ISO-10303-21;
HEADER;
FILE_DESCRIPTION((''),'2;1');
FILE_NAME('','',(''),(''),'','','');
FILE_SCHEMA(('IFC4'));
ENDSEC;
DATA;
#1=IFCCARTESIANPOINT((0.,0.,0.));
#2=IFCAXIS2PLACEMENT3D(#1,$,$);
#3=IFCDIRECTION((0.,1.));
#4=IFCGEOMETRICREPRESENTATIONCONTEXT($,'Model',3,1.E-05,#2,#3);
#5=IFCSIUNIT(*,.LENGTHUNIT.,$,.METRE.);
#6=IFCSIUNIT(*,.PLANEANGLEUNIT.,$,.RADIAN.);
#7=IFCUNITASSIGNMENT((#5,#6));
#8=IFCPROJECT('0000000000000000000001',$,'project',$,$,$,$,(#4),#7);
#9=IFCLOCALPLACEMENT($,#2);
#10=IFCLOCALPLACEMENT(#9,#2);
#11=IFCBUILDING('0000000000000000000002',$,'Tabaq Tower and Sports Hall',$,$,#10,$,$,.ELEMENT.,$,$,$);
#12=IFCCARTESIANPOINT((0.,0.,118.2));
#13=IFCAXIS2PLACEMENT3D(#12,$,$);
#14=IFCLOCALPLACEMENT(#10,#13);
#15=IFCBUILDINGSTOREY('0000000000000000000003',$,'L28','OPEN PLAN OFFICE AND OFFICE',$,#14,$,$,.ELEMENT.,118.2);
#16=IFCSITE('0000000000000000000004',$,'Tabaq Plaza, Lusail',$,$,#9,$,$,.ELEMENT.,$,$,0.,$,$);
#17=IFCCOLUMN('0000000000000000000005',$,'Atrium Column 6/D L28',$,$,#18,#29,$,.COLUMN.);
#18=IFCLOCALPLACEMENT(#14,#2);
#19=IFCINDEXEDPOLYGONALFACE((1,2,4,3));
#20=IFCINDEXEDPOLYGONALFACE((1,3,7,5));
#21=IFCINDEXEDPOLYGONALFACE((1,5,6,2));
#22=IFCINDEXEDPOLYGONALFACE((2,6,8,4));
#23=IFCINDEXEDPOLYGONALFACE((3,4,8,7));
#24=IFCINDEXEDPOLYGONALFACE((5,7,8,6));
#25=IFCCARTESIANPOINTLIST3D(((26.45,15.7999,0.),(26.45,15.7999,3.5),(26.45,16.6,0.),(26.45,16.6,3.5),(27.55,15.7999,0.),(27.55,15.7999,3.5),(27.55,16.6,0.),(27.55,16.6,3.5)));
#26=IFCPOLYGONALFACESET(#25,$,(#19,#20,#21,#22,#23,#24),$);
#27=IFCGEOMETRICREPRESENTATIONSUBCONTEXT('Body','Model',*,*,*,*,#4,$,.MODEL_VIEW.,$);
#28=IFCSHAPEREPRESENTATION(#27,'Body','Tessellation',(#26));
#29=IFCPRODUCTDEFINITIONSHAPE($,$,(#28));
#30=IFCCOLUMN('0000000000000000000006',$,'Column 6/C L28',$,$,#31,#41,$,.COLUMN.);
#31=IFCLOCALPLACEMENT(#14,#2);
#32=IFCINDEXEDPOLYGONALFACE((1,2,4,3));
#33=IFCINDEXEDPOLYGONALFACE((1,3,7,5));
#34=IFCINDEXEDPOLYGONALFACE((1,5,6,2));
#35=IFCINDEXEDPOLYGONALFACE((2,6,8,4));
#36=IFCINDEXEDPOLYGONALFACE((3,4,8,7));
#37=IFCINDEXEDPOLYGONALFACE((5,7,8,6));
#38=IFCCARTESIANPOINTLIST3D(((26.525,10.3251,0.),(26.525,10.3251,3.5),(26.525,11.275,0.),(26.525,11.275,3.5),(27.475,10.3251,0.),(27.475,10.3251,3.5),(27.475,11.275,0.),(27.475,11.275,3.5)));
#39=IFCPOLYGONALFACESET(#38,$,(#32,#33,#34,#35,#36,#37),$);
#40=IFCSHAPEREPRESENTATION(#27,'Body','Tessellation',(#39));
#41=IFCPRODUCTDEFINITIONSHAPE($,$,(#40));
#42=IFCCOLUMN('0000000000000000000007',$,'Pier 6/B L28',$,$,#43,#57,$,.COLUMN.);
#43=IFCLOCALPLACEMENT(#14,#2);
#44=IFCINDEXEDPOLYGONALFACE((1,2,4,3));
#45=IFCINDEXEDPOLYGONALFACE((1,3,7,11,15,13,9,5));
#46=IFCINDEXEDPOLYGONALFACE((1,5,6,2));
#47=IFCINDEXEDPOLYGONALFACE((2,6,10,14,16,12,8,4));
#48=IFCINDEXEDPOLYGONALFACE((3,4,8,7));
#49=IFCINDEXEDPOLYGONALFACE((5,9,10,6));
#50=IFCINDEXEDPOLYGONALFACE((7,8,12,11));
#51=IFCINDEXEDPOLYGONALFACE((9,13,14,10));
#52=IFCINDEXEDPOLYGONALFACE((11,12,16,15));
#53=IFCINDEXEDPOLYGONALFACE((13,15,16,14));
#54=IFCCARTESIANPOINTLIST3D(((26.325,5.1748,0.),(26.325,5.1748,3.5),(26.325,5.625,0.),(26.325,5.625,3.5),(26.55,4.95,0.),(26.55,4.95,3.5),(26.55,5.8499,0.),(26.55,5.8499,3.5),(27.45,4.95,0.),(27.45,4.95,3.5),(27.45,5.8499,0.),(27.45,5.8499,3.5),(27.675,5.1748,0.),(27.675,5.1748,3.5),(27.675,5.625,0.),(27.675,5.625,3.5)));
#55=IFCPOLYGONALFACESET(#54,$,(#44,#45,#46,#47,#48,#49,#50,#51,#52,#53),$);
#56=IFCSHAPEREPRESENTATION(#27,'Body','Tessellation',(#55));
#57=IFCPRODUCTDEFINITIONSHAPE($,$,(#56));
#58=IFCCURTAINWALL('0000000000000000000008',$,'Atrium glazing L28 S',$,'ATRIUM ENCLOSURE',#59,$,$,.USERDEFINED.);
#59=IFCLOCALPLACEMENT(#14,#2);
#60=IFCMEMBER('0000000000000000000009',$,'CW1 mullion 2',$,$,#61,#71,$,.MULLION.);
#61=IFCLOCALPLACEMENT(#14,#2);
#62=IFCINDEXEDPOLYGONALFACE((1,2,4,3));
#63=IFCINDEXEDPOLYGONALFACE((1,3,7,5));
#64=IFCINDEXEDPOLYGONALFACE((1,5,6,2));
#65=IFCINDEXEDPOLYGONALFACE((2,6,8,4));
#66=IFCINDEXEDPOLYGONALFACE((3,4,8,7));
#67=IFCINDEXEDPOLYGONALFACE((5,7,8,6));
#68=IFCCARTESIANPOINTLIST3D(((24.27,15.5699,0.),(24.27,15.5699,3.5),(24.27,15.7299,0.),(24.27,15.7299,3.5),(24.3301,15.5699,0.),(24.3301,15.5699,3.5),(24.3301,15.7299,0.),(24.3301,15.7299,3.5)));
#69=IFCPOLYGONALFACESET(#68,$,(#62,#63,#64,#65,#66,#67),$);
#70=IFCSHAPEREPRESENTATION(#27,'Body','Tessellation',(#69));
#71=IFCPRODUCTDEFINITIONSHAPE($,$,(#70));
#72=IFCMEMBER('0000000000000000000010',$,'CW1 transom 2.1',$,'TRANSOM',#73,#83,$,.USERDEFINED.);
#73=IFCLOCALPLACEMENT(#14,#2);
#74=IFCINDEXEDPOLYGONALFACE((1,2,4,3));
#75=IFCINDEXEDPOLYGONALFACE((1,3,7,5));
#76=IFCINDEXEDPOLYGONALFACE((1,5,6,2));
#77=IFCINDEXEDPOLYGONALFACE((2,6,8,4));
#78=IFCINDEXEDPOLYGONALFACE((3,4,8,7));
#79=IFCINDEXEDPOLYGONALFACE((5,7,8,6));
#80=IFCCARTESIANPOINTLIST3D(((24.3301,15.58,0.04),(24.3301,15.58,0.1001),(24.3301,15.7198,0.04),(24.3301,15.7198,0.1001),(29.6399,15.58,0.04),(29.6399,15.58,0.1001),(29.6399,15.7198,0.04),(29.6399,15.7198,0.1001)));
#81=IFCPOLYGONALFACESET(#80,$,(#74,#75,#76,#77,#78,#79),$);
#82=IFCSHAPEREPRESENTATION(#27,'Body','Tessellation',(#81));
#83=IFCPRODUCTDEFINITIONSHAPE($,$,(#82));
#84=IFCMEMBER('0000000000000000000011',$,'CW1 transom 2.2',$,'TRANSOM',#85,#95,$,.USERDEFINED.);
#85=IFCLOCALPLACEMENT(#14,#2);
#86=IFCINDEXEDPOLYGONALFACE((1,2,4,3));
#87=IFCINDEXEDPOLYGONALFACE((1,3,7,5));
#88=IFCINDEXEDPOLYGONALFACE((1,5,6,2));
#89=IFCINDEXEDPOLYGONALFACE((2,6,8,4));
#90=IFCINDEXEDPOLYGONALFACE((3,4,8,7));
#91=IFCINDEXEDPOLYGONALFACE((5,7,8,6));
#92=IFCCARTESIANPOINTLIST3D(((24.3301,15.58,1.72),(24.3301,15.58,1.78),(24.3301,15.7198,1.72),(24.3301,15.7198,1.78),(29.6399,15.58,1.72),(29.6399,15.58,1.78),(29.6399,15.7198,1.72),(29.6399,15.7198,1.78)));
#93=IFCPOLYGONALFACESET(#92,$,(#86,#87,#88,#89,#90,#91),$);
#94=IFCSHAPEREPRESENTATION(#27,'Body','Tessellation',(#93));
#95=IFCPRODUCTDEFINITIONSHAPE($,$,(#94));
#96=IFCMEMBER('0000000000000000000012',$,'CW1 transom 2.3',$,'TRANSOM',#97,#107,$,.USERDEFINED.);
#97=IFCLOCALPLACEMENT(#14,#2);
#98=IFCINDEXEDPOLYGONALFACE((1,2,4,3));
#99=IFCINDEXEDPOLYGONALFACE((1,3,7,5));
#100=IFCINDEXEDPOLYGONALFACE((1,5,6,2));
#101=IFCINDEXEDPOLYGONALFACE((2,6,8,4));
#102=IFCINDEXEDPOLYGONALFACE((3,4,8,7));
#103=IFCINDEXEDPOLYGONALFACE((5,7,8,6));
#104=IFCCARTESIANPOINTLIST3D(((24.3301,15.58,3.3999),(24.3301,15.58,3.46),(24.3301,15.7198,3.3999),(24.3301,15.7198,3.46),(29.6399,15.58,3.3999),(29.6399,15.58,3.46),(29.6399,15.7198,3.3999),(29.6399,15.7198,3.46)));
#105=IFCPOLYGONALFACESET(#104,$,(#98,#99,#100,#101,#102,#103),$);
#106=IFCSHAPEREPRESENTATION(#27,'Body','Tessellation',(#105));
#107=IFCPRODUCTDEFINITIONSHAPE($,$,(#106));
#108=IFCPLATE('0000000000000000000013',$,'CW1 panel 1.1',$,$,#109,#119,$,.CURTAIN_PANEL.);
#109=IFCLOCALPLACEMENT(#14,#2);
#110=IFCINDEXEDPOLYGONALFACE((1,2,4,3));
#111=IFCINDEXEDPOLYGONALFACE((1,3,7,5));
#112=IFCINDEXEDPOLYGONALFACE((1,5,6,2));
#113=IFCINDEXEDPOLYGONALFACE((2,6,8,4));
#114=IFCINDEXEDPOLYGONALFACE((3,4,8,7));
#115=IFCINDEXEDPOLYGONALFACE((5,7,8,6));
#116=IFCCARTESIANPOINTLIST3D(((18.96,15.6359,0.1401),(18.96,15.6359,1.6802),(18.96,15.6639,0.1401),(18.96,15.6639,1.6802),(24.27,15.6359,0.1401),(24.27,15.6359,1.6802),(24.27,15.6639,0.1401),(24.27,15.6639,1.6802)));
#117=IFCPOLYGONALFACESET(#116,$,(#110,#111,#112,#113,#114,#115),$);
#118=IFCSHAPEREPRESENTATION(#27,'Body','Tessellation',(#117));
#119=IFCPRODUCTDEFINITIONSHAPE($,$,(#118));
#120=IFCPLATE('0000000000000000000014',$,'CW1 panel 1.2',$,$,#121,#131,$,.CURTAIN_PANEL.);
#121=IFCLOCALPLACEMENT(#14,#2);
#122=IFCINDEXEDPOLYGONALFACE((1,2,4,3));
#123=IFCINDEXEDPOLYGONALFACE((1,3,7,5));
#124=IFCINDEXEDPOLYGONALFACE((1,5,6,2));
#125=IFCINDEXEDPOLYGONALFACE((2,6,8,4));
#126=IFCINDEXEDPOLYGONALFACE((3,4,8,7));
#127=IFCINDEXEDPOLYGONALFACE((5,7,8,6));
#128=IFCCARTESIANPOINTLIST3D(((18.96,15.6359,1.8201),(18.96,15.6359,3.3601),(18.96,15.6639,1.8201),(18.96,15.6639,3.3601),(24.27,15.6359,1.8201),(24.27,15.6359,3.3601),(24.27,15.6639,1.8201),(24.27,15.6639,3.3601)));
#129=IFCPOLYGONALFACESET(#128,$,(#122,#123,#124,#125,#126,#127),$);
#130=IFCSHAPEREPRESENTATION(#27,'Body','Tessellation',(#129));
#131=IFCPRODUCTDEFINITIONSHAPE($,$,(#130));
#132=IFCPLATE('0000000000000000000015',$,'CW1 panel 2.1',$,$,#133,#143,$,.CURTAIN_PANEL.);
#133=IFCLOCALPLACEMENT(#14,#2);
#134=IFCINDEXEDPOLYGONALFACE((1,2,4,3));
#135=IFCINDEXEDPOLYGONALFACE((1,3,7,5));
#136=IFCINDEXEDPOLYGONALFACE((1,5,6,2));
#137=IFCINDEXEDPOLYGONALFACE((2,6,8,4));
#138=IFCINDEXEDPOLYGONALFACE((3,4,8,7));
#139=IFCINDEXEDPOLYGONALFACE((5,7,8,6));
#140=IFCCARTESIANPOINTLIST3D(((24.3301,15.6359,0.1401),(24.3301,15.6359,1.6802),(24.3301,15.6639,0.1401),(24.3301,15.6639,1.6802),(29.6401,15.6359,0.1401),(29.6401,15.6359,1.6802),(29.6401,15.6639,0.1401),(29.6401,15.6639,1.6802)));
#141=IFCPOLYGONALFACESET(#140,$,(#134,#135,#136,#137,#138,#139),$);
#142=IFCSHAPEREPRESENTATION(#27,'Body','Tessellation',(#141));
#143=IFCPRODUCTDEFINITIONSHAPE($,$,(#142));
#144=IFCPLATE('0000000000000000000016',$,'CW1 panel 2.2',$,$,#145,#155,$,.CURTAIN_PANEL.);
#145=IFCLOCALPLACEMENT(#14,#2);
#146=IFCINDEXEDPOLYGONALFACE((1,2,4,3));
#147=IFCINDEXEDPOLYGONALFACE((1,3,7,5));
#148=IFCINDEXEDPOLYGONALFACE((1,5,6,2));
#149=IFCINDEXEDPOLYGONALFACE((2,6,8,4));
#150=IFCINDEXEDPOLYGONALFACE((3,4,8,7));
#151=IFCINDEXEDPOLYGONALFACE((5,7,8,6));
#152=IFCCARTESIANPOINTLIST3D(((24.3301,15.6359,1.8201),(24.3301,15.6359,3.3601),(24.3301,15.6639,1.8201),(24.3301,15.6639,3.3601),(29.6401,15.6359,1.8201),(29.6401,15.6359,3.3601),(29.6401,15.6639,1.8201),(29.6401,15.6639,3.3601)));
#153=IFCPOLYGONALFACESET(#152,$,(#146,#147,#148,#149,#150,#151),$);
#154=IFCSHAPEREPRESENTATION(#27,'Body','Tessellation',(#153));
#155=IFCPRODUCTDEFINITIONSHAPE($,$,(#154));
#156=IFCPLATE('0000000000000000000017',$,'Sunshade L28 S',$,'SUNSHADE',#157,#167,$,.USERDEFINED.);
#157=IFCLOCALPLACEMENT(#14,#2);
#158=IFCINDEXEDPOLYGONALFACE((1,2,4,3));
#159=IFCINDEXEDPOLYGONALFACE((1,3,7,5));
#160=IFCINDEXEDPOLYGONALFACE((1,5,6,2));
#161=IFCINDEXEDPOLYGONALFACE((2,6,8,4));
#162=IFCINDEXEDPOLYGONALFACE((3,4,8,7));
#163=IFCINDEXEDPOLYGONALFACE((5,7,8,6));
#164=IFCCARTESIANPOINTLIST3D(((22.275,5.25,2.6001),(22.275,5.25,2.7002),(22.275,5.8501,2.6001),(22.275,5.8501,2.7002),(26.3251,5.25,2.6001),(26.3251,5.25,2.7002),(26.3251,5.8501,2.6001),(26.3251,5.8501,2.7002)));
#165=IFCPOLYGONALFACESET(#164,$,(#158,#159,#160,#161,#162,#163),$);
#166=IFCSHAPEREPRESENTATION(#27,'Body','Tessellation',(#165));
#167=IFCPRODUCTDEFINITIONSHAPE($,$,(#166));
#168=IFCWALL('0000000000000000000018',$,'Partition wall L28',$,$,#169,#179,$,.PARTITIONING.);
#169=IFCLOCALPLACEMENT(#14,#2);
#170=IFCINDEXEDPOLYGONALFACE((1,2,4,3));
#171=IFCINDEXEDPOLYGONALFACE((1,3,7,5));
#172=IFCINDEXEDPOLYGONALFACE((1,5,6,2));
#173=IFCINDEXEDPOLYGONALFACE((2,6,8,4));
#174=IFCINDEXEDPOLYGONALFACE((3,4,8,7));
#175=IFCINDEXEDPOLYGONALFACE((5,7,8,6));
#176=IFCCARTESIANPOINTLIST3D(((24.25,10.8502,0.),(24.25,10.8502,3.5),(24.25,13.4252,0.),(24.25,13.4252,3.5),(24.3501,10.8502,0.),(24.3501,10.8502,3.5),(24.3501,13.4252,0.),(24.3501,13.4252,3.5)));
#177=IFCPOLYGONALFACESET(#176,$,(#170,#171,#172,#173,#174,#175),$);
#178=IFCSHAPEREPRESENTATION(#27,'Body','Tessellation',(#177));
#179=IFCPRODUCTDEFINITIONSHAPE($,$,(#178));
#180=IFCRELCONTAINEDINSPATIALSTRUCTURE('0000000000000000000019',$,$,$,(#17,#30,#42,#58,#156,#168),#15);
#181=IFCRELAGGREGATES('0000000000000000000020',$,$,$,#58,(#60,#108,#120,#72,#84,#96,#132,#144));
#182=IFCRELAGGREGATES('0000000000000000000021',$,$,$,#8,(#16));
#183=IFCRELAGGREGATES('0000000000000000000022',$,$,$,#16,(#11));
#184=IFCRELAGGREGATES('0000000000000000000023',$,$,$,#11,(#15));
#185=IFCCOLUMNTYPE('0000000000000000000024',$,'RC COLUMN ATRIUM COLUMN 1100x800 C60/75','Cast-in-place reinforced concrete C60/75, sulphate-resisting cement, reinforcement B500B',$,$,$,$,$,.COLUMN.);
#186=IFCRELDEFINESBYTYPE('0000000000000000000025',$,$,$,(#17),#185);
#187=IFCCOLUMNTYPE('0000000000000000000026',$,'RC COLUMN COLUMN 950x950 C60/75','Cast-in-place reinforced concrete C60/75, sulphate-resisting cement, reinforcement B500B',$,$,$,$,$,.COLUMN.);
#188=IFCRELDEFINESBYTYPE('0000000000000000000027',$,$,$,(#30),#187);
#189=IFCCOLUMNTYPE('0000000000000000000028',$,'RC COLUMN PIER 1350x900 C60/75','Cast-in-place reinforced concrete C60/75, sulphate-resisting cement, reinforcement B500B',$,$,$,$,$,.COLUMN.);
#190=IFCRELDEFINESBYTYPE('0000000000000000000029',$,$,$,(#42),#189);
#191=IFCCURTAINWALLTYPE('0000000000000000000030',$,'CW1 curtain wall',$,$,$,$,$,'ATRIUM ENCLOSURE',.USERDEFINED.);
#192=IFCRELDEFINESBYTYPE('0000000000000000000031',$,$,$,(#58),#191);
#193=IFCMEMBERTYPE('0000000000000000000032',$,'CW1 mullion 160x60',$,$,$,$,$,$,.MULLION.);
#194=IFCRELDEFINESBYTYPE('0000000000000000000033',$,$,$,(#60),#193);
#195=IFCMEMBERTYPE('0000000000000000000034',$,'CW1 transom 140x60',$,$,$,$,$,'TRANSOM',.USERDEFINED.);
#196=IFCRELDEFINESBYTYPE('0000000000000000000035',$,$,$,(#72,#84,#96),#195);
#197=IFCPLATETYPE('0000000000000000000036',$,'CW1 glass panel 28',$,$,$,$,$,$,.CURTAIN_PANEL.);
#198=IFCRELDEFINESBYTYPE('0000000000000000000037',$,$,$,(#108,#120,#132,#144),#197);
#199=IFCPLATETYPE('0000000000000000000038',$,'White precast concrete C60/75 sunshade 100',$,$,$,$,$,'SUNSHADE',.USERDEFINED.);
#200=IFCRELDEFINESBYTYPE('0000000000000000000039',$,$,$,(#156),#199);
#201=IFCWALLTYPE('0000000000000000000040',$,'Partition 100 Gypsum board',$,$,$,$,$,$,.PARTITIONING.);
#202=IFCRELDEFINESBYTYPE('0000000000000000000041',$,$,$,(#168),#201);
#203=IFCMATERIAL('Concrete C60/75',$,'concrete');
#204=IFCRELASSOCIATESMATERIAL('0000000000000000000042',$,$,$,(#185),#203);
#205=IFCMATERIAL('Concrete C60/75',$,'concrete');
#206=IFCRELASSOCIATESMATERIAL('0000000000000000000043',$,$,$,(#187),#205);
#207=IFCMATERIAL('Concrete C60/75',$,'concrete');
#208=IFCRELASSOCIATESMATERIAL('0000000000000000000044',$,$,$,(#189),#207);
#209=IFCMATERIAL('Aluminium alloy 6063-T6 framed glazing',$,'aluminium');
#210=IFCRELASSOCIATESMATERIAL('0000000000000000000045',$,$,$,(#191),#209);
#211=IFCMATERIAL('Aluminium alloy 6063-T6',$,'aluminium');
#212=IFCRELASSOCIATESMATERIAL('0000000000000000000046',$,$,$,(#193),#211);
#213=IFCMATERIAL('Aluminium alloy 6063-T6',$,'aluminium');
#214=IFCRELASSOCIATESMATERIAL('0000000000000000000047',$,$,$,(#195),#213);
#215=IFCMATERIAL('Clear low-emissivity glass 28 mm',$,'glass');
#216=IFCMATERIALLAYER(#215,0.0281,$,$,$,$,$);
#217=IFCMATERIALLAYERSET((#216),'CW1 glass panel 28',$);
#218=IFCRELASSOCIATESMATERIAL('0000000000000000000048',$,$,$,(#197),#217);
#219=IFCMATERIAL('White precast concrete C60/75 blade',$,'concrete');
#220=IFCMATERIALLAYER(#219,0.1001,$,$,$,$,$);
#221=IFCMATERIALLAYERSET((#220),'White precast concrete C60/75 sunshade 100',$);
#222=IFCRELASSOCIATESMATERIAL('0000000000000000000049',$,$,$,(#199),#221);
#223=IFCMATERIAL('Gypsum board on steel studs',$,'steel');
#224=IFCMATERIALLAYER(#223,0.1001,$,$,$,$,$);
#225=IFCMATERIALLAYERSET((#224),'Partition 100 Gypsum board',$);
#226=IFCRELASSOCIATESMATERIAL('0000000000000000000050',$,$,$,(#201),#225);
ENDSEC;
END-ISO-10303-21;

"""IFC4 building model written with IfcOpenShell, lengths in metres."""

from ifc_helpers import new_model, si_unit, direction, frame, frame_2d, origin, origin_2d, place, context, subcontext, project, spatial, polyline, rectangle, outline, extrude, material, layer, layer_set, material_profile, profile_set, type_object, element, aggregate, save


model = new_model("IFC4")

# Units and contexts
model_context = context("Model", 3, precision=1e-05, world=origin(), true_north=direction((0.0, 1.0)))
body_context = subcontext(model_context, "Body", "Model", "MODEL_VIEW")
ifc_project = project(units=[si_unit("LENGTHUNIT", "METRE"), si_unit("PLANEANGLEUNIT", "RADIAN")], contexts=[model_context])

# Site, building, storey
site_placement = place(None, origin())
site = spatial("IfcSite", under=ifc_project, at=site_placement, Name="Tabaq Plaza, Lusail", CompositionType="ELEMENT", RefElevation=0.0)
building_placement = place(site_placement, origin())
building = spatial("IfcBuilding", under=site, at=building_placement, Name="Tabaq Tower and Sports Hall", CompositionType="ELEMENT")
storey_placement = place(building_placement, frame((0.0, 0.0, 118.2)))
storey = spatial("IfcBuildingStorey", under=building, at=storey_placement, Name="L28", Description="OPEN PLAN OFFICE AND OFFICE", CompositionType="ELEMENT", Elevation=118.2)

# Columns
ifc_material_1 = material(Name="Concrete C60/75", Category="concrete")
ifc_material_profile_1 = material_profile(ifc_material_1, rectangle(XDim=1.1001, YDim=0.8, at=origin_2d()), Name="ATRIUM COLUMN 1100x800")
ifc_profile_set_1 = profile_set([ifc_material_profile_1], Name="Concrete C60/75")
column_type_1 = type_object("IfcColumnType", Name="RC COLUMN ATRIUM COLUMN 1100x800 C60/75", Description="Cast-in-place reinforced concrete C60/75, sulphate-resisting cement, reinforcement B500B", PredefinedType="COLUMN", material=ifc_profile_set_1)
column_1_placement = place(storey_placement, frame((27.0, 16.2, 0.0), z_axis=(0.0, 0.0, 1.0), x_axis=(1.0, 0.0, 0.0)))
element("IfcColumn", 1, at=column_1_placement, inside=storey, type_object=column_type_1, Name="Atrium Column 6/D L28", PredefinedType="COLUMN", context=body_context, shape_type="SweptSolid", body=[
    extrude(rectangle(XDim=1.1001, YDim=0.8, at=origin_2d()), origin(), (0.0, 0.0, 1.0), 3.5),
])
ifc_material_2 = material(Name="Concrete C60/75", Category="concrete")
ifc_material_profile_2 = material_profile(ifc_material_2, rectangle(XDim=0.95, YDim=0.95, at=origin_2d()), Name="COLUMN 950x950")
ifc_profile_set_2 = profile_set([ifc_material_profile_2], Name="Concrete C60/75")
column_type_2 = type_object("IfcColumnType", Name="RC COLUMN COLUMN 950x950 C60/75", Description="Cast-in-place reinforced concrete C60/75, sulphate-resisting cement, reinforcement B500B", PredefinedType="COLUMN", material=ifc_profile_set_2)
column_2_placement = place(storey_placement, frame((27.0, 10.8, 0.0), z_axis=(0.0, 0.0, 1.0), x_axis=(1.0, 0.0, 0.0)))
element("IfcColumn", 2, at=column_2_placement, inside=storey, type_object=column_type_2, Name="Column 6/C L28", PredefinedType="COLUMN", context=body_context, shape_type="SweptSolid", body=[
    extrude(rectangle(XDim=0.95, YDim=0.95, at=origin_2d()), origin(), (0.0, 0.0, 1.0), 3.5),
])
ifc_material_3 = material(Name="Concrete C60/75", Category="concrete")
ifc_material_profile_3 = material_profile(ifc_material_3, outline(polyline([(-0.45, -0.45), (0.45, -0.45), (0.675, -0.2251), (0.675, 0.2251), (0.45, 0.45), (-0.45, 0.45), (-0.675, 0.2251), (-0.675, -0.2251), (-0.45, -0.45)])), Name="PIER 1350x900")
ifc_profile_set_3 = profile_set([ifc_material_profile_3], Name="Concrete C60/75")
column_type_3 = type_object("IfcColumnType", Name="RC COLUMN PIER 1350x900 C60/75", Description="Cast-in-place reinforced concrete C60/75, sulphate-resisting cement, reinforcement B500B", PredefinedType="COLUMN", material=ifc_profile_set_3)
column_3_placement = place(storey_placement, frame((27.0, 5.3999, 0.0), z_axis=(0.0, 0.0, 1.0), x_axis=(1.0, 0.0, 0.0)))
element("IfcColumn", 3, at=column_3_placement, inside=storey, type_object=column_type_3, Name="Pier 6/B L28", PredefinedType="COLUMN", context=body_context, shape_type="SweptSolid", body=[
    extrude(outline(polyline([(-0.45, -0.45), (0.45, -0.45), (0.675, -0.2251), (0.675, 0.2251), (0.45, 0.45), (-0.45, 0.45), (-0.675, 0.2251), (-0.675, -0.2251), (-0.45, -0.45)])), origin(), (0.0, 0.0, 1.0), 3.5),
])

# Curtain wall, members, plates
ifc_material_4 = material(Name="Aluminium alloy 6063-T6 framed glazing", Category="aluminium")
curtain_wall_type = type_object("IfcCurtainWallType", Name="CW1 curtain wall", ElementType="ATRIUM ENCLOSURE", PredefinedType="USERDEFINED", material=ifc_material_4)
curtain_wall_placement = place(storey_placement, origin())
curtain_wall = element("IfcCurtainWall", 4, at=curtain_wall_placement, inside=storey, type_object=curtain_wall_type, Name="Atrium glazing L28 S", ObjectType="ATRIUM ENCLOSURE", PredefinedType="USERDEFINED")
ifc_material_5 = material(Name="Aluminium alloy 6063-T6", Category="aluminium")
ifc_material_profile_4 = material_profile(ifc_material_5, rectangle(XDim=0.1599, YDim=0.0601, at=origin_2d()), Name="MULLION 160x60")
ifc_profile_set_4 = profile_set([ifc_material_profile_4], Name="Aluminium alloy 6063-T6")
member_type_1 = type_object("IfcMemberType", Name="CW1 mullion 160x60", PredefinedType="MULLION", material=ifc_profile_set_4)
member_1_placement = place(storey_placement, frame((24.3, 15.6499, 0.0), z_axis=(0.0, 0.0, 1.0), x_axis=(0.0, 1.0, 0.0)))
member_1 = element("IfcMember", 5, at=member_1_placement, type_object=member_type_1, Name="CW1 mullion 2", PredefinedType="MULLION", context=body_context, shape_type="SweptSolid", body=[
    extrude(rectangle(XDim=0.1599, YDim=0.0601, at=origin_2d()), origin(), (0.0, 0.0, 1.0), 3.5),
])
ifc_material_6 = material(Name="Aluminium alloy 6063-T6", Category="aluminium")
ifc_material_profile_5 = material_profile(ifc_material_6, rectangle(XDim=0.1399, YDim=0.0601, at=origin_2d()), Name="TRANSOM 140x60")
ifc_profile_set_5 = profile_set([ifc_material_profile_5], Name="Aluminium alloy 6063-T6")
member_type_2 = type_object("IfcMemberType", Name="CW1 transom 140x60", ElementType="TRANSOM", PredefinedType="USERDEFINED", material=ifc_profile_set_5)
member_2_placement = place(storey_placement, frame((24.3301, 15.6499, 0.0701), z_axis=(1.0, 0.0, 0.0), x_axis=(0.0, 1.0, 0.0)))
member_2 = element("IfcMember", 6, at=member_2_placement, type_object=member_type_2, Name="CW1 transom 2.1", ObjectType="TRANSOM", PredefinedType="USERDEFINED", context=body_context, shape_type="SweptSolid", body=[
    extrude(rectangle(XDim=0.1399, YDim=0.0601, at=origin_2d()), origin(), (0.0, 0.0, 1.0), 5.3098),
])
member_3_placement = place(storey_placement, frame((24.3301, 15.6499, 1.75), z_axis=(1.0, 0.0, 0.0), x_axis=(0.0, 1.0, 0.0)))
member_3 = element("IfcMember", 7, at=member_3_placement, type_object=member_type_2, Name="CW1 transom 2.2", ObjectType="TRANSOM", PredefinedType="USERDEFINED", context=body_context, shape_type="SweptSolid", body=[
    extrude(rectangle(XDim=0.1399, YDim=0.0601, at=origin_2d()), origin(), (0.0, 0.0, 1.0), 5.3098),
])
member_4_placement = place(storey_placement, frame((24.3301, 15.6499, 3.4299), z_axis=(1.0, 0.0, 0.0), x_axis=(0.0, 1.0, 0.0)))
member_4 = element("IfcMember", 8, at=member_4_placement, type_object=member_type_2, Name="CW1 transom 2.3", ObjectType="TRANSOM", PredefinedType="USERDEFINED", context=body_context, shape_type="SweptSolid", body=[
    extrude(rectangle(XDim=0.1399, YDim=0.0601, at=origin_2d()), origin(), (0.0, 0.0, 1.0), 5.3098),
])
ifc_material_7 = material(Name="Clear low-emissivity glass 28 mm", Category="glass")
ifc_layer_1 = layer(ifc_material_7, 0.0281)
ifc_layer_set_1 = layer_set([ifc_layer_1], Name="CW1 glass panel 28")
plate_type_1 = type_object("IfcPlateType", Name="CW1 glass panel 28", PredefinedType="CURTAIN_PANEL", material=ifc_layer_set_1)
plate_1_placement = place(storey_placement, frame((21.615, 15.6499, 0.1401), z_axis=(0.0, 0.0, 1.0), x_axis=(1.0, 0.0, 0.0)))
plate_1 = element("IfcPlate", 9, at=plate_1_placement, type_object=plate_type_1, Name="CW1 panel 1.1", PredefinedType="CURTAIN_PANEL", context=body_context, shape_type="SweptSolid", body=[
    extrude(rectangle(XDim=5.3101, YDim=0.0281, at=origin_2d()), origin(), (0.0, 0.0, 1.0), 1.54),
])
plate_2_placement = place(storey_placement, frame((21.615, 15.6499, 1.8201), z_axis=(0.0, 0.0, 1.0), x_axis=(1.0, 0.0, 0.0)))
plate_2 = element("IfcPlate", 10, at=plate_2_placement, type_object=plate_type_1, Name="CW1 panel 1.2", PredefinedType="CURTAIN_PANEL", context=body_context, shape_type="SweptSolid", body=[
    extrude(rectangle(XDim=5.3101, YDim=0.0281, at=origin_2d()), origin(), (0.0, 0.0, 1.0), 1.54),
])
plate_3_placement = place(storey_placement, frame((26.9851, 15.6499, 0.1401), z_axis=(0.0, 0.0, 1.0), x_axis=(1.0, 0.0, 0.0)))
plate_3 = element("IfcPlate", 11, at=plate_3_placement, type_object=plate_type_1, Name="CW1 panel 2.1", PredefinedType="CURTAIN_PANEL", context=body_context, shape_type="SweptSolid", body=[
    extrude(rectangle(XDim=5.3101, YDim=0.0281, at=origin_2d()), origin(), (0.0, 0.0, 1.0), 1.54),
])
plate_4_placement = place(storey_placement, frame((26.9851, 15.6499, 1.8201), z_axis=(0.0, 0.0, 1.0), x_axis=(1.0, 0.0, 0.0)))
plate_4 = element("IfcPlate", 12, at=plate_4_placement, type_object=plate_type_1, Name="CW1 panel 2.2", PredefinedType="CURTAIN_PANEL", context=body_context, shape_type="SweptSolid", body=[
    extrude(rectangle(XDim=5.3101, YDim=0.0281, at=origin_2d()), origin(), (0.0, 0.0, 1.0), 1.54),
])
aggregate(curtain_wall, [member_1, plate_1, plate_2, member_2, member_3, member_4, plate_3, plate_4])

# Plate
ifc_material_8 = material(Name="White precast concrete C60/75 blade", Category="concrete")
ifc_layer_2 = layer(ifc_material_8, 0.1001)
ifc_layer_set_2 = layer_set([ifc_layer_2], Name="White precast concrete C60/75 sunshade 100")
plate_type_2 = type_object("IfcPlateType", Name="White precast concrete C60/75 sunshade 100", ElementType="SUNSHADE", PredefinedType="USERDEFINED", material=ifc_layer_set_2)
plate_5_placement = place(storey_placement, frame((24.3, 5.55, 2.6001), z_axis=(0.0, 0.0, 1.0), x_axis=(1.0, 0.0, 0.0)))
element("IfcPlate", 13, at=plate_5_placement, inside=storey, type_object=plate_type_2, Name="Sunshade L28 S", ObjectType="SUNSHADE", PredefinedType="USERDEFINED", context=body_context, shape_type="SweptSolid", body=[
    extrude(rectangle(XDim=4.05, YDim=0.6001, at=origin_2d()), origin(), (0.0, 0.0, 1.0), 0.1001),
])

# Wall
ifc_material_9 = material(Name="Gypsum board on steel studs", Category="steel")
ifc_layer_3 = layer(ifc_material_9, 0.1001)
ifc_layer_set_3 = layer_set([ifc_layer_3], Name="Partition 100 Gypsum board")
wall_type = type_object("IfcWallType", Name="Partition 100 Gypsum board", PredefinedType="PARTITIONING", material=ifc_layer_set_3)
wall_1_placement = place(storey_placement, frame((24.3, 10.8501, 0.0), z_axis=(0.0, 0.0, 1.0), x_axis=(0.0, 1.0, 0.0)))
element("IfcWall", 14, at=wall_1_placement, inside=storey, type_object=wall_type, Name="Partition wall L28", PredefinedType="PARTITIONING", context=body_context, shape_type="SweptSolid", body=[
    extrude(rectangle(XDim=2.575, YDim=0.1001, at=frame_2d((1.2876, 0.0))), origin(), (0.0, 0.0, 1.0), 3.5),
])

save(model, "model.ifc")
